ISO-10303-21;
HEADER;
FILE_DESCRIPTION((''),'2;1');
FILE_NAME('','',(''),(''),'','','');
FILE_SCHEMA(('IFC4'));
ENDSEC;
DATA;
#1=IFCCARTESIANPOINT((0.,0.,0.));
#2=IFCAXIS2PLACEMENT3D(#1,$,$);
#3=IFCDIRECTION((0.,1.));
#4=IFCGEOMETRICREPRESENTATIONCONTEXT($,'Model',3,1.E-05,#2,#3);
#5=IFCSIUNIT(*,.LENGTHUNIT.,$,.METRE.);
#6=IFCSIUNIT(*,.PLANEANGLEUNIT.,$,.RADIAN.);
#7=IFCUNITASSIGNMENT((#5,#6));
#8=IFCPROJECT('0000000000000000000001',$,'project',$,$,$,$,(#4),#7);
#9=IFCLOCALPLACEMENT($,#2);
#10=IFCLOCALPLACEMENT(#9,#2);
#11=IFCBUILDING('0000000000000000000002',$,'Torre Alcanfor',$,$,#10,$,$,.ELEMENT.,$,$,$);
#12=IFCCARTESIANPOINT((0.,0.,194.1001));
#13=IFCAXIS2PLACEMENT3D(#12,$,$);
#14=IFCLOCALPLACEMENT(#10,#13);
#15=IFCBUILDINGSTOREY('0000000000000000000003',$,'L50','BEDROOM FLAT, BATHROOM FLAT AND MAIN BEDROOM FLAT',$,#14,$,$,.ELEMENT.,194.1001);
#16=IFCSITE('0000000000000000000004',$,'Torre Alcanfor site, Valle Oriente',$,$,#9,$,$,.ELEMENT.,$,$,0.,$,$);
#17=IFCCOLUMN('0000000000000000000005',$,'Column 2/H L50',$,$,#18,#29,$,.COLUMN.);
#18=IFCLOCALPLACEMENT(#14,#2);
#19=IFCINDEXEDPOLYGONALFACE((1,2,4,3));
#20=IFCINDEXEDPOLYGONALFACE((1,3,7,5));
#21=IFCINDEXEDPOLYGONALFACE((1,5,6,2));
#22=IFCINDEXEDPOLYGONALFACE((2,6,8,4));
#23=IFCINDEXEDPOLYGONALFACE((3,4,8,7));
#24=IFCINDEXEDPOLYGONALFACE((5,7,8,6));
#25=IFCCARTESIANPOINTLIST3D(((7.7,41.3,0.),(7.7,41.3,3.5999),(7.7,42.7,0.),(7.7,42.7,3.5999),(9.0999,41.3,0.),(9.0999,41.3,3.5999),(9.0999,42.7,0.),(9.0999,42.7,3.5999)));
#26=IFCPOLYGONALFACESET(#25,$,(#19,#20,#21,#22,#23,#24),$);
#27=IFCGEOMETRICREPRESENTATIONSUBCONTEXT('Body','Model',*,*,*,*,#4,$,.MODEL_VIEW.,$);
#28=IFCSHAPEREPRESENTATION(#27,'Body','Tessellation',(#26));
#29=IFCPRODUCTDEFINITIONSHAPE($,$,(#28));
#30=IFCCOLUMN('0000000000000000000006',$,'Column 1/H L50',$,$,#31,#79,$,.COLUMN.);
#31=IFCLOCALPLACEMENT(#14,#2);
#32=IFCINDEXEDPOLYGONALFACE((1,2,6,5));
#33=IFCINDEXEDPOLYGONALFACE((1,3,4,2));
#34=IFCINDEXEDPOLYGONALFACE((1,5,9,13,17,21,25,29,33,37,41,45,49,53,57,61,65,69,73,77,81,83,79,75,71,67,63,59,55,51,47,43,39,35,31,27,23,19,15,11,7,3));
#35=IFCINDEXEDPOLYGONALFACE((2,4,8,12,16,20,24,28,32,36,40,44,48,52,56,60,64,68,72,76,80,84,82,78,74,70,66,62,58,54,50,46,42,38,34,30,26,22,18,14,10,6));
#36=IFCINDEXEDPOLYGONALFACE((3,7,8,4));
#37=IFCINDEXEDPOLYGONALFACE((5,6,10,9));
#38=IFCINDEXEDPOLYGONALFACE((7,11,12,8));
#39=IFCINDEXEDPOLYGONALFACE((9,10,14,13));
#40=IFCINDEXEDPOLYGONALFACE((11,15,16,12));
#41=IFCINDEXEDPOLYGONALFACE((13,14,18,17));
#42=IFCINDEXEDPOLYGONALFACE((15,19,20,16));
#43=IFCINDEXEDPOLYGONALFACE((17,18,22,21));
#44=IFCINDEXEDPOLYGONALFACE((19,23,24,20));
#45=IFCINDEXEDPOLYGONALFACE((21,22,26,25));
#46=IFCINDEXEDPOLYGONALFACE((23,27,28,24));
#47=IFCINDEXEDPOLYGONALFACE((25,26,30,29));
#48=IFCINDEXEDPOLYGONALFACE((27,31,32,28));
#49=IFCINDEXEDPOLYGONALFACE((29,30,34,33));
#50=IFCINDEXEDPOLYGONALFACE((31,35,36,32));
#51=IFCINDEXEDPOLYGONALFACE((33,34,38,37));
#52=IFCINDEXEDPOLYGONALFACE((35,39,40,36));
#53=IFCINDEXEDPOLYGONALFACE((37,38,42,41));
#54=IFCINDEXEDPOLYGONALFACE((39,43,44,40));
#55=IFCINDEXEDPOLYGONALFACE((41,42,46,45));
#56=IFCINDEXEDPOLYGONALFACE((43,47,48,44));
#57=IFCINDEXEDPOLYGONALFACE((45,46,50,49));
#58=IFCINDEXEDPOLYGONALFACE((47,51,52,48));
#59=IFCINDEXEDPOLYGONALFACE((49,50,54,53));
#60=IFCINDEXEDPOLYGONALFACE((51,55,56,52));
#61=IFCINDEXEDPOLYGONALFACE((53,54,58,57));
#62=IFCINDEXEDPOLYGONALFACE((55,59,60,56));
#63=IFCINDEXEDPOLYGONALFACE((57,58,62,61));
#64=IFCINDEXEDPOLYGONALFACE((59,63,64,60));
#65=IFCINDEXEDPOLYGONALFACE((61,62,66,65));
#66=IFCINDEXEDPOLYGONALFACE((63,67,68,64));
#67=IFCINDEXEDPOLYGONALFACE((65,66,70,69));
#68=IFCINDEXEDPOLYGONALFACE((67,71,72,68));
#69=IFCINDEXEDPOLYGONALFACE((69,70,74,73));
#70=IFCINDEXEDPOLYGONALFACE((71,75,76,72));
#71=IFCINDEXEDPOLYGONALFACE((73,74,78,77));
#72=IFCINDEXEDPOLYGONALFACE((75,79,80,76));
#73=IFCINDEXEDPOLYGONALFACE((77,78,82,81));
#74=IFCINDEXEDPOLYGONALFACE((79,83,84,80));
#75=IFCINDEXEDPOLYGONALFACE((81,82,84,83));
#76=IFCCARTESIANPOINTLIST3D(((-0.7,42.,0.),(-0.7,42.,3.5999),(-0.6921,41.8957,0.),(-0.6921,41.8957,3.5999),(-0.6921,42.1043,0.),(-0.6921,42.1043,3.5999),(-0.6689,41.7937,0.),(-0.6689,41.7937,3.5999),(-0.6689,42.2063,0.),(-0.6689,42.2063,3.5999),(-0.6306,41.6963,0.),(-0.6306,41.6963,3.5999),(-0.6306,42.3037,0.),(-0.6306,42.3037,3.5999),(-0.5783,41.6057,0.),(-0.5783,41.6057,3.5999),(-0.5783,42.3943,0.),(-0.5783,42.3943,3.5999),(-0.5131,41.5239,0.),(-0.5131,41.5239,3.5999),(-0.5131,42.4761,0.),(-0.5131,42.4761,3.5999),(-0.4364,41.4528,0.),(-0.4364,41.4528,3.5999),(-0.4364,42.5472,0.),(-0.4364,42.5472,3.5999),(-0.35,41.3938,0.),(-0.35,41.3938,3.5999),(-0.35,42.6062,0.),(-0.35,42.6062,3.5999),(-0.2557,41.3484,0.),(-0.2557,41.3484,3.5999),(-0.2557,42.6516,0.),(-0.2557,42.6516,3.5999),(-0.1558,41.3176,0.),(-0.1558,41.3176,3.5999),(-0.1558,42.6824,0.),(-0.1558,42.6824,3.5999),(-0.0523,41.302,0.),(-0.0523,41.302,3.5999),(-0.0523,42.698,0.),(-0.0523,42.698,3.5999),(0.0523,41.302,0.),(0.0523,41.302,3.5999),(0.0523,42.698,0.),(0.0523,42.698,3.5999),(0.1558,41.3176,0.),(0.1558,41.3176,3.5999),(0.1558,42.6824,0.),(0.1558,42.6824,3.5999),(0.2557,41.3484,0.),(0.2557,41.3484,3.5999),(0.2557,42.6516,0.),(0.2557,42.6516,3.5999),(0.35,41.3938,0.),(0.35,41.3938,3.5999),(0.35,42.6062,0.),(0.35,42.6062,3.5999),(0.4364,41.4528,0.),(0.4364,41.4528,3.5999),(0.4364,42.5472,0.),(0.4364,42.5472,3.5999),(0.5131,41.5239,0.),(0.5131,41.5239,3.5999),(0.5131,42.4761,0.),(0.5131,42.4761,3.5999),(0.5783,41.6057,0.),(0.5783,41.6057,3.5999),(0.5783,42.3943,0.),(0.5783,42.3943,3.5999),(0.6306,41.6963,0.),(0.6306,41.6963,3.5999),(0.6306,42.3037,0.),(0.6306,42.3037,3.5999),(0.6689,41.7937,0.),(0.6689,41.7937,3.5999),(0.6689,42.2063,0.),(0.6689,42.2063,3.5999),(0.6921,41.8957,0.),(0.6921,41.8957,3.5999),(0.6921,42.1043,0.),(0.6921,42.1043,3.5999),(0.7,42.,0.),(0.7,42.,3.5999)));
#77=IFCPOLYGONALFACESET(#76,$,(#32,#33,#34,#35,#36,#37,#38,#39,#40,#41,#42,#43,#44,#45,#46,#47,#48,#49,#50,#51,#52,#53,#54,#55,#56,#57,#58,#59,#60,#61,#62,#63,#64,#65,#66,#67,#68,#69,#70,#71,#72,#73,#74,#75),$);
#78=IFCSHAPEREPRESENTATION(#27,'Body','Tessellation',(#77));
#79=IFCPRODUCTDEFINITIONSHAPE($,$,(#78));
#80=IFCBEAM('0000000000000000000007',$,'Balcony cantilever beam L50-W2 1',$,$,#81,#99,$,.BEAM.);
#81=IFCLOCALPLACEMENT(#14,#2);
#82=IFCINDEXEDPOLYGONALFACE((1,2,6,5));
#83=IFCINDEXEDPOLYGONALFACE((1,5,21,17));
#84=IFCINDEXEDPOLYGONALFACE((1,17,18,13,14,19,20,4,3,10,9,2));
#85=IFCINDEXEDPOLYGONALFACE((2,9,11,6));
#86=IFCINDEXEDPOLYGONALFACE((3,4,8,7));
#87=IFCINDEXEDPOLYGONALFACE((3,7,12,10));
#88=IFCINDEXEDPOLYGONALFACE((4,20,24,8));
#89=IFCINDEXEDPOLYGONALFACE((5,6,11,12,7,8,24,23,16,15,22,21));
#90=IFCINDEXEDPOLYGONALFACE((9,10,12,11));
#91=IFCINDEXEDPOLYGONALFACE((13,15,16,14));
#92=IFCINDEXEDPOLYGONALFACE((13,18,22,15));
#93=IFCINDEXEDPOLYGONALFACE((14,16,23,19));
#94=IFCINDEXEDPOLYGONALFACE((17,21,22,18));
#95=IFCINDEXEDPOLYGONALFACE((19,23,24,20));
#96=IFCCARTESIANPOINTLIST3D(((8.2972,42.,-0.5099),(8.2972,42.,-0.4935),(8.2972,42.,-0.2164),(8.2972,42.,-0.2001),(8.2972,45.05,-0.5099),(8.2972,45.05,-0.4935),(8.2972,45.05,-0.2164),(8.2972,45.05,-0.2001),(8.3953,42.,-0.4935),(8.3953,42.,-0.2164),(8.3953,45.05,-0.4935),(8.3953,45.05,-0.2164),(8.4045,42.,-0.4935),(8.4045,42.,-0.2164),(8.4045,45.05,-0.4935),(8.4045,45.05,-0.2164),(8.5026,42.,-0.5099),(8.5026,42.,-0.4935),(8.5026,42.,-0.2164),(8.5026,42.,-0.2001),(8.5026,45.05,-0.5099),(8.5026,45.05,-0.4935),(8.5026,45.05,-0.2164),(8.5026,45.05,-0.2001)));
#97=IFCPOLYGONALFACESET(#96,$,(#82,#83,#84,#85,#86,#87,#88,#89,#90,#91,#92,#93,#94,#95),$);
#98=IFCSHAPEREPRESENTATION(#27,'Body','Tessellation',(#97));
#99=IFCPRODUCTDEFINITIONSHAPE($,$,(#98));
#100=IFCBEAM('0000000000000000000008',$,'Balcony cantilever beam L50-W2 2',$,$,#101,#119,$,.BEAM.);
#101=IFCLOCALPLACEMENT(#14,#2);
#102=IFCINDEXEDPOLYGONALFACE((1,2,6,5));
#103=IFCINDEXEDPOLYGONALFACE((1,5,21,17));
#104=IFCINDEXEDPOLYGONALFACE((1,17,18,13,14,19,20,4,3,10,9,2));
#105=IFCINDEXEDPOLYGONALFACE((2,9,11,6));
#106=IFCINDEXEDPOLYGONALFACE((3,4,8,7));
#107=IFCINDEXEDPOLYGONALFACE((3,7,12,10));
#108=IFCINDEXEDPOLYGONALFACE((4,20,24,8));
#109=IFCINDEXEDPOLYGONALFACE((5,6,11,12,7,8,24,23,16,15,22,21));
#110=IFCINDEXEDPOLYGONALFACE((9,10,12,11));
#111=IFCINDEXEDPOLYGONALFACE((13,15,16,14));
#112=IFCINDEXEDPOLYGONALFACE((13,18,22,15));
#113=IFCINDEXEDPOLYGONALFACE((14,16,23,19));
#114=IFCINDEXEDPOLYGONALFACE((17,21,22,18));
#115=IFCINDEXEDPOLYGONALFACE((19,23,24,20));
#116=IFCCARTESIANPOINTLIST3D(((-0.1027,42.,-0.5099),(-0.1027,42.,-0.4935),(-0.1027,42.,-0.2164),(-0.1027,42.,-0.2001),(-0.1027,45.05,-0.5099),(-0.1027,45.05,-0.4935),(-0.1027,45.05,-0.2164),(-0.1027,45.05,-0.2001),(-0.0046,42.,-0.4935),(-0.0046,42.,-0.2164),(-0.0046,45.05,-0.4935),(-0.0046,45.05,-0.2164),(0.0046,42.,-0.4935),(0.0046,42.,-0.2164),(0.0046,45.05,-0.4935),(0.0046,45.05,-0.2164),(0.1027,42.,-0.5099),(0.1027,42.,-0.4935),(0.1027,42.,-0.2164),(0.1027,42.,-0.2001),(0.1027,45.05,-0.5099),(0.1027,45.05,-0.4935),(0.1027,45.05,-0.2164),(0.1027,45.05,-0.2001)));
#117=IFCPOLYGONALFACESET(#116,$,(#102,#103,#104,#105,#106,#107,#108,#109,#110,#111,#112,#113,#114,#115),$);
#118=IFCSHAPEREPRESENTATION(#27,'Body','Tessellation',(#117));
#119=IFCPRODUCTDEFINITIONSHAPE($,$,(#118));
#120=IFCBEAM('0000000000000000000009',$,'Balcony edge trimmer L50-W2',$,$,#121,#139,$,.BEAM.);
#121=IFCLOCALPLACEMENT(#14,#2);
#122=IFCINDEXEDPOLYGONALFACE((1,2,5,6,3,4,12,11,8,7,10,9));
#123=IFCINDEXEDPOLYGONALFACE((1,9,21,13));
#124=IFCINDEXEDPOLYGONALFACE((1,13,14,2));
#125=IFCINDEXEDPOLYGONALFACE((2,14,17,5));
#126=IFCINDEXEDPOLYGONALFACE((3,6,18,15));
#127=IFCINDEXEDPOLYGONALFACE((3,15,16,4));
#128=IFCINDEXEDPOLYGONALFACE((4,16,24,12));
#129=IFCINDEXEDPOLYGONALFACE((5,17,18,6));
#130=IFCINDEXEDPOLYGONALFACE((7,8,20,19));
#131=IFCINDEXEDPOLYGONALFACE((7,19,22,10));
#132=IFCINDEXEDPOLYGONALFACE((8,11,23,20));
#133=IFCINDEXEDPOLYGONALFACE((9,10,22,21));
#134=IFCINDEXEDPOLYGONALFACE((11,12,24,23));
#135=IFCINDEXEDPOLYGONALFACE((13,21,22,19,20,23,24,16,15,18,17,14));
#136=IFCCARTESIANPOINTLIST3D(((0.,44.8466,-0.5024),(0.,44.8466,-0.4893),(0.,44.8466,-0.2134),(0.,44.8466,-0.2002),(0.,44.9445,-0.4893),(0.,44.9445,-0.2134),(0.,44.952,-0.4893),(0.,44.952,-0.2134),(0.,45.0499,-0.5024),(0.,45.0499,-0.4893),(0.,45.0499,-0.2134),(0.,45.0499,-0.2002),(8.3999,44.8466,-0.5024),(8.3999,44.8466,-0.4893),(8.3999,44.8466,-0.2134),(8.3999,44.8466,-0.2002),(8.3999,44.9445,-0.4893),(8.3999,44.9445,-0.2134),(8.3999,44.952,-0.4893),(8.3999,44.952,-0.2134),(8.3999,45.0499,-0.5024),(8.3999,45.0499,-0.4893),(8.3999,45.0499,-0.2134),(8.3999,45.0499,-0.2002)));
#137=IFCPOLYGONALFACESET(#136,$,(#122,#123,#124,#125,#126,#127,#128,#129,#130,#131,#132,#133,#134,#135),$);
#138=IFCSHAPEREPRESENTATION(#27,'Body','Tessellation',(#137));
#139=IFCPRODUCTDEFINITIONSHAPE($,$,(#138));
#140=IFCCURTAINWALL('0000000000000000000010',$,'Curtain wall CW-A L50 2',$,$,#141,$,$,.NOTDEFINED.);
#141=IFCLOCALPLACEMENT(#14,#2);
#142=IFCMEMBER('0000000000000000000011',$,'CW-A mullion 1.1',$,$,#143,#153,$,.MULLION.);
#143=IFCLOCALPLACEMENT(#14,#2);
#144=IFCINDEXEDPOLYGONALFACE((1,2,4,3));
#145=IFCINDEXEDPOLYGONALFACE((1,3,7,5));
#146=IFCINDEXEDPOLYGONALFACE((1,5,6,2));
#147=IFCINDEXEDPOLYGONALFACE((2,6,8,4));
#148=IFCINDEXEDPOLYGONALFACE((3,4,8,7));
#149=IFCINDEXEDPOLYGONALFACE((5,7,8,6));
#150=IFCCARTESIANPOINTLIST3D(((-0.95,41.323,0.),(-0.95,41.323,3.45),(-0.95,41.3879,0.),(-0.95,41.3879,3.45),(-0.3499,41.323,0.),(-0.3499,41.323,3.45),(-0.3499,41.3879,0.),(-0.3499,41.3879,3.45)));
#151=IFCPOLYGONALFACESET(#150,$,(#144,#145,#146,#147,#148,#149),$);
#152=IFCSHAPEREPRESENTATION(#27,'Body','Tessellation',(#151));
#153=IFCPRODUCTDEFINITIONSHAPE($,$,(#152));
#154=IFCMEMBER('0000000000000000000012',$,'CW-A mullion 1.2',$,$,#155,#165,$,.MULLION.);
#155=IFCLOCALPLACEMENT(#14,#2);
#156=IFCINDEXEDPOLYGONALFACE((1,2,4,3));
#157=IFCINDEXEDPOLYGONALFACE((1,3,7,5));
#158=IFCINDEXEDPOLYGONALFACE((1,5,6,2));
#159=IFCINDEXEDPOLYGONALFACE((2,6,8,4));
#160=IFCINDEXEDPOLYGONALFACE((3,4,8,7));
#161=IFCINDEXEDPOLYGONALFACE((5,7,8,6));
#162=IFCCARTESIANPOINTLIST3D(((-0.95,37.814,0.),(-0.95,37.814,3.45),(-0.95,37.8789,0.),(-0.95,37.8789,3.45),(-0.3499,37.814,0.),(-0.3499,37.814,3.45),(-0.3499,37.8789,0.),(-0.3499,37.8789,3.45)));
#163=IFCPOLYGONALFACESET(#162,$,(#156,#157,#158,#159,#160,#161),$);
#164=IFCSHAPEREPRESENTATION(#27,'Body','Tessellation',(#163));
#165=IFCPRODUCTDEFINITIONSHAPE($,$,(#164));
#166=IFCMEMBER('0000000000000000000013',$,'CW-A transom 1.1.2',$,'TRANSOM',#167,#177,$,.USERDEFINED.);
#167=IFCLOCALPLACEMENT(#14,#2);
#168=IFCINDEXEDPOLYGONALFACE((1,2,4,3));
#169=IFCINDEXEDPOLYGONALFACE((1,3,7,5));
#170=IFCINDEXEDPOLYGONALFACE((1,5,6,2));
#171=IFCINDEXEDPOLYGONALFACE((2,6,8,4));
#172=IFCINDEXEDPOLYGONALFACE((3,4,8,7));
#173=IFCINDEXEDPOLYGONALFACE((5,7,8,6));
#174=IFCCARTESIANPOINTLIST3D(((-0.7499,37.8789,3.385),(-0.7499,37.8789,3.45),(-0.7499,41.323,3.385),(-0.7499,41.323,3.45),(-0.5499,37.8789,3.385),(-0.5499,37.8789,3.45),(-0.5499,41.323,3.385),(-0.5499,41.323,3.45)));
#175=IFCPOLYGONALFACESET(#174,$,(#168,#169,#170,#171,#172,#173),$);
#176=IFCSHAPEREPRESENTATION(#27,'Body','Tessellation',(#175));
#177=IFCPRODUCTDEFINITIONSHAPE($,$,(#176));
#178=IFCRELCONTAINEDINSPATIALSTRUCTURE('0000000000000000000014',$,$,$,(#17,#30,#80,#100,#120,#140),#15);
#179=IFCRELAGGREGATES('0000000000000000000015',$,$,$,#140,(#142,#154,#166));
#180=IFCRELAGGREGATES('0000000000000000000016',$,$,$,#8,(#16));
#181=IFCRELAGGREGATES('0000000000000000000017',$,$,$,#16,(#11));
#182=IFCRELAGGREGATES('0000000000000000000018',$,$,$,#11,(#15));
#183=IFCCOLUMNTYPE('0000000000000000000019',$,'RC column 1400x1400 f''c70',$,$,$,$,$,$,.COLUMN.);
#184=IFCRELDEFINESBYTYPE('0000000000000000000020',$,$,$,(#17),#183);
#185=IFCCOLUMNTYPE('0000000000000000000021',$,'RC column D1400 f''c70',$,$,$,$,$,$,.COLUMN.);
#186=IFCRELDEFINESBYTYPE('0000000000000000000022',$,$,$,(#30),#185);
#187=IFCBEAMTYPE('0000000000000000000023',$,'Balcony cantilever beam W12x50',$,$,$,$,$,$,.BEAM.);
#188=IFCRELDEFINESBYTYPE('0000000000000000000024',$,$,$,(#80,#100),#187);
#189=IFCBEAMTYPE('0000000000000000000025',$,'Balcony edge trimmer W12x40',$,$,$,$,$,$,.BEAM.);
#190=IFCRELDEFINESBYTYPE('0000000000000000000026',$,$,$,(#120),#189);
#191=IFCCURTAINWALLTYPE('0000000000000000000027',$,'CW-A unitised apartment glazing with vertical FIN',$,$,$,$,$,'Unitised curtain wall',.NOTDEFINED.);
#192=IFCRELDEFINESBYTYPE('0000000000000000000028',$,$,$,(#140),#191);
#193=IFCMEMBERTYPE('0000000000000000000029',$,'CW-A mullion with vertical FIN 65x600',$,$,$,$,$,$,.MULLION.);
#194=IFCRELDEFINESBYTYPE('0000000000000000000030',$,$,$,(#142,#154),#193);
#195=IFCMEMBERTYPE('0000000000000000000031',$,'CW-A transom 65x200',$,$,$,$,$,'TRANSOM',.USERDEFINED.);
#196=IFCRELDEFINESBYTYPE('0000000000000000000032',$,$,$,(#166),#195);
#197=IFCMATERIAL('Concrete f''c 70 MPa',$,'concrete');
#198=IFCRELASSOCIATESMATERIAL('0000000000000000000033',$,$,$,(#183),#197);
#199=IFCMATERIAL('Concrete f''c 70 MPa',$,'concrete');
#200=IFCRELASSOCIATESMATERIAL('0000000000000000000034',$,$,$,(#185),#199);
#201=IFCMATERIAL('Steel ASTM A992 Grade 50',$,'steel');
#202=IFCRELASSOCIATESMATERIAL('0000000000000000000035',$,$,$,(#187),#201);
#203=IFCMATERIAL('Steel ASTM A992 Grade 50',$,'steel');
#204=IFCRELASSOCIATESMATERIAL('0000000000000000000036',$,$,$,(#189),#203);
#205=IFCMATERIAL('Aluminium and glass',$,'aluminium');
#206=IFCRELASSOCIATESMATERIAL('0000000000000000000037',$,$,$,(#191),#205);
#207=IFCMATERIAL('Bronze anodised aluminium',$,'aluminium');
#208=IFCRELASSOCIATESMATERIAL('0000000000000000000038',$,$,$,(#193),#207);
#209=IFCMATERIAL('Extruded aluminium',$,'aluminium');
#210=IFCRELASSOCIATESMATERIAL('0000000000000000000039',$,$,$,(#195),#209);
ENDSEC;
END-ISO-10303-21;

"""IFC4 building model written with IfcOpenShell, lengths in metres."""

from ifc_helpers import new_model, si_unit, direction, frame, origin, origin_2d, place, context, subcontext, project, spatial, rectangle, circle, i_section, extrude, material, material_profile, profile_set, type_object, element, aggregate, save


model = new_model("IFC4")

# Units and contexts
model_context = context("Model", 3, precision=1e-05, world=origin(), true_north=direction((0.0, 1.0)))
body_context = subcontext(model_context, "Body", "Model", "MODEL_VIEW")
ifc_project = project(units=[si_unit("LENGTHUNIT", "METRE"), si_unit("PLANEANGLEUNIT", "RADIAN")], contexts=[model_context])

# Site, building, storey
site_placement = place(None, origin())
site = spatial("IfcSite", under=ifc_project, at=site_placement, Name="Torre Alcanfor site, Valle Oriente", CompositionType="ELEMENT", RefElevation=0.0)
building_placement = place(site_placement, origin())
building = spatial("IfcBuilding", under=site, at=building_placement, Name="Torre Alcanfor", CompositionType="ELEMENT")
storey_placement = place(building_placement, frame((0.0, 0.0, 194.1001)))
storey = spatial("IfcBuildingStorey", under=building, at=storey_placement, Name="L50", Description="BEDROOM FLAT, BATHROOM FLAT AND MAIN BEDROOM FLAT", CompositionType="ELEMENT", Elevation=194.1001)

# Columns
ifc_material_1 = material(Name="Concrete f'c 70 MPa", Category="concrete")
ifc_material_profile_1 = material_profile(ifc_material_1, rectangle(XDim=1.3999, YDim=1.3999, at=origin_2d()), Name="1400x1400")
ifc_profile_set_1 = profile_set([ifc_material_profile_1], Name="Concrete f'c 70 MPa")
column_type_1 = type_object("IfcColumnType", Name="RC column 1400x1400 f'c70", PredefinedType="COLUMN", material=ifc_profile_set_1)
column_1_placement = place(storey_placement, frame((8.3999, 42.0, 0.0), z_axis=(0.0, 0.0, 1.0), x_axis=(1.0, 0.0, 0.0)))
element("IfcColumn", 1, at=column_1_placement, inside=storey, type_object=column_type_1, Name="Column 2/H L50", PredefinedType="COLUMN", context=body_context, shape_type="SweptSolid", body=[
    extrude(rectangle(XDim=1.3999, YDim=1.3999, at=origin_2d()), origin(), (0.0, 0.0, 1.0), 3.5999),
])
ifc_material_2 = material(Name="Concrete f'c 70 MPa", Category="concrete")
ifc_material_profile_2 = material_profile(ifc_material_2, circle(Radius=0.7, at=origin_2d()), Name="D1400")
ifc_profile_set_2 = profile_set([ifc_material_profile_2], Name="Concrete f'c 70 MPa")
column_type_2 = type_object("IfcColumnType", Name="RC column D1400 f'c70", PredefinedType="COLUMN", material=ifc_profile_set_2)
column_2_placement = place(storey_placement, frame((0.0, 42.0, 0.0), z_axis=(0.0, 0.0, 1.0), x_axis=(1.0, 0.0, 0.0)))
element("IfcColumn", 2, at=column_2_placement, inside=storey, type_object=column_type_2, Name="Column 1/H L50", PredefinedType="COLUMN", context=body_context, shape_type="SweptSolid", body=[
    extrude(circle(Radius=0.7, at=origin_2d()), origin(), (0.0, 0.0, 1.0), 3.5999),
])

# Beams
ifc_material_3 = material(Name="Steel ASTM A992 Grade 50", Category="steel")
ifc_material_profile_3 = material_profile(ifc_material_3, i_section(OverallWidth=0.2053, OverallDepth=0.3098, WebThickness=0.0093, FlangeThickness=0.0164, at=origin_2d()), Name="W12x50")
ifc_profile_set_3 = profile_set([ifc_material_profile_3], Name="Steel ASTM A992 Grade 50")
beam_type_1 = type_object("IfcBeamType", Name="Balcony cantilever beam W12x50", PredefinedType="BEAM", material=ifc_profile_set_3)
for number, where, z_axis, x_axis, name in (
    (3, (8.3999, 42.0, -0.355), (0.0, 1.0, 0.0), (-1.0, 0.0, 0.0), "Balcony cantilever beam L50-W2 1"),
    (4, (0.0, 42.0, -0.355), (0.0, 1.0, 0.0), (-1.0, 0.0, 0.0), "Balcony cantilever beam L50-W2 2"),
):
    element("IfcBeam", number, at=place(storey_placement, frame(where, z_axis=z_axis, x_axis=x_axis)), inside=storey, type_object=beam_type_1, Name=name, PredefinedType="BEAM", context=body_context, shape_type="SweptSolid", body=[
        extrude(i_section(OverallWidth=0.2053, OverallDepth=0.3098, WebThickness=0.0093, FlangeThickness=0.0164, at=origin_2d()), origin(), (0.0, 0.0, 1.0), 3.05),
    ])
ifc_material_4 = material(Name="Steel ASTM A992 Grade 50", Category="steel")
ifc_material_profile_4 = material_profile(ifc_material_4, i_section(OverallWidth=0.2034, OverallDepth=0.3022, WebThickness=0.0076, FlangeThickness=0.0132, at=origin_2d()), Name="W12x40")
ifc_profile_set_4 = profile_set([ifc_material_profile_4], Name="Steel ASTM A992 Grade 50")
beam_type_2 = type_object("IfcBeamType", Name="Balcony edge trimmer W12x40", PredefinedType="BEAM", material=ifc_profile_set_4)
beam_1_placement = place(storey_placement, frame((8.3999, 44.9482, -0.3513), z_axis=(-1.0, 0.0, 0.0), x_axis=(0.0, -1.0, 0.0)))
element("IfcBeam", 5, at=beam_1_placement, inside=storey, type_object=beam_type_2, Name="Balcony edge trimmer L50-W2", PredefinedType="BEAM", context=body_context, shape_type="SweptSolid", body=[
    extrude(i_section(OverallWidth=0.2034, OverallDepth=0.3022, WebThickness=0.0076, FlangeThickness=0.0132, at=origin_2d()), origin(), (0.0, 0.0, 1.0), 8.3999),
])

# Curtain wall, members
ifc_material_5 = material(Name="Aluminium and glass", Category="aluminium")
curtain_wall_type = type_object("IfcCurtainWallType", Name="CW-A unitised apartment glazing with vertical FIN", ElementType="Unitised curtain wall", PredefinedType="NOTDEFINED", material=ifc_material_5)
curtain_wall_placement = place(storey_placement, origin())
curtain_wall = element("IfcCurtainWall", 6, at=curtain_wall_placement, inside=storey, type_object=curtain_wall_type, Name="Curtain wall CW-A L50 2", PredefinedType="NOTDEFINED")
ifc_material_6 = material(Name="Bronze anodised aluminium", Category="aluminium")
ifc_material_profile_5 = material_profile(ifc_material_6, rectangle(XDim=0.6001, YDim=0.0649, at=origin_2d()), Name="CW-A mullion 65x600")
ifc_profile_set_5 = profile_set([ifc_material_profile_5], Name="Bronze anodised aluminium")
member_type_1 = type_object("IfcMemberType", Name="CW-A mullion with vertical FIN 65x600", PredefinedType="MULLION", material=ifc_profile_set_5)
member_1_placement = place(storey_placement, frame((-0.6499, 41.3555, 0.0), z_axis=(0.0, 0.0, 1.0), x_axis=(1.0, 0.0, 0.0)))
member_1 = element("IfcMember", 7, at=member_1_placement, type_object=member_type_1, Name="CW-A mullion 1.1", PredefinedType="MULLION", context=body_context, shape_type="SweptSolid", body=[
    extrude(rectangle(XDim=0.6001, YDim=0.0649, at=origin_2d()), origin(), (0.0, 0.0, 1.0), 3.45),
])
member_2_placement = place(storey_placement, frame((-0.6499, 37.8464, 0.0), z_axis=(0.0, 0.0, 1.0), x_axis=(1.0, 0.0, 0.0)))
member_2 = element("IfcMember", 8, at=member_2_placement, type_object=member_type_1, Name="CW-A mullion 1.2", PredefinedType="MULLION", context=body_context, shape_type="SweptSolid", body=[
    extrude(rectangle(XDim=0.6001, YDim=0.0649, at=origin_2d()), origin(), (0.0, 0.0, 1.0), 3.45),
])
ifc_material_7 = material(Name="Extruded aluminium", Category="aluminium")
ifc_material_profile_6 = material_profile(ifc_material_7, rectangle(XDim=0.2, YDim=0.0649, at=origin_2d()), Name="CW-A transom 200x65")
ifc_profile_set_6 = profile_set([ifc_material_profile_6], Name="Extruded aluminium")
member_type_2 = type_object("IfcMemberType", Name="CW-A transom 65x200", ElementType="TRANSOM", PredefinedType="USERDEFINED", material=ifc_profile_set_6)
member_3_placement = place(storey_placement, frame((-0.6499, 41.323, 3.4175), z_axis=(0.0, -1.0, 0.0), x_axis=(1.0, 0.0, 0.0)))
member_3 = element("IfcMember", 9, at=member_3_placement, type_object=member_type_2, Name="CW-A transom 1.1.2", ObjectType="TRANSOM", PredefinedType="USERDEFINED", context=body_context, shape_type="SweptSolid", body=[
    extrude(rectangle(XDim=0.2, YDim=0.0649, at=origin_2d()), origin(), (0.0, 0.0, 1.0), 3.4441),
])

aggregate(curtain_wall, [member_1, member_2, member_3])

save(model, "model.ifc")
